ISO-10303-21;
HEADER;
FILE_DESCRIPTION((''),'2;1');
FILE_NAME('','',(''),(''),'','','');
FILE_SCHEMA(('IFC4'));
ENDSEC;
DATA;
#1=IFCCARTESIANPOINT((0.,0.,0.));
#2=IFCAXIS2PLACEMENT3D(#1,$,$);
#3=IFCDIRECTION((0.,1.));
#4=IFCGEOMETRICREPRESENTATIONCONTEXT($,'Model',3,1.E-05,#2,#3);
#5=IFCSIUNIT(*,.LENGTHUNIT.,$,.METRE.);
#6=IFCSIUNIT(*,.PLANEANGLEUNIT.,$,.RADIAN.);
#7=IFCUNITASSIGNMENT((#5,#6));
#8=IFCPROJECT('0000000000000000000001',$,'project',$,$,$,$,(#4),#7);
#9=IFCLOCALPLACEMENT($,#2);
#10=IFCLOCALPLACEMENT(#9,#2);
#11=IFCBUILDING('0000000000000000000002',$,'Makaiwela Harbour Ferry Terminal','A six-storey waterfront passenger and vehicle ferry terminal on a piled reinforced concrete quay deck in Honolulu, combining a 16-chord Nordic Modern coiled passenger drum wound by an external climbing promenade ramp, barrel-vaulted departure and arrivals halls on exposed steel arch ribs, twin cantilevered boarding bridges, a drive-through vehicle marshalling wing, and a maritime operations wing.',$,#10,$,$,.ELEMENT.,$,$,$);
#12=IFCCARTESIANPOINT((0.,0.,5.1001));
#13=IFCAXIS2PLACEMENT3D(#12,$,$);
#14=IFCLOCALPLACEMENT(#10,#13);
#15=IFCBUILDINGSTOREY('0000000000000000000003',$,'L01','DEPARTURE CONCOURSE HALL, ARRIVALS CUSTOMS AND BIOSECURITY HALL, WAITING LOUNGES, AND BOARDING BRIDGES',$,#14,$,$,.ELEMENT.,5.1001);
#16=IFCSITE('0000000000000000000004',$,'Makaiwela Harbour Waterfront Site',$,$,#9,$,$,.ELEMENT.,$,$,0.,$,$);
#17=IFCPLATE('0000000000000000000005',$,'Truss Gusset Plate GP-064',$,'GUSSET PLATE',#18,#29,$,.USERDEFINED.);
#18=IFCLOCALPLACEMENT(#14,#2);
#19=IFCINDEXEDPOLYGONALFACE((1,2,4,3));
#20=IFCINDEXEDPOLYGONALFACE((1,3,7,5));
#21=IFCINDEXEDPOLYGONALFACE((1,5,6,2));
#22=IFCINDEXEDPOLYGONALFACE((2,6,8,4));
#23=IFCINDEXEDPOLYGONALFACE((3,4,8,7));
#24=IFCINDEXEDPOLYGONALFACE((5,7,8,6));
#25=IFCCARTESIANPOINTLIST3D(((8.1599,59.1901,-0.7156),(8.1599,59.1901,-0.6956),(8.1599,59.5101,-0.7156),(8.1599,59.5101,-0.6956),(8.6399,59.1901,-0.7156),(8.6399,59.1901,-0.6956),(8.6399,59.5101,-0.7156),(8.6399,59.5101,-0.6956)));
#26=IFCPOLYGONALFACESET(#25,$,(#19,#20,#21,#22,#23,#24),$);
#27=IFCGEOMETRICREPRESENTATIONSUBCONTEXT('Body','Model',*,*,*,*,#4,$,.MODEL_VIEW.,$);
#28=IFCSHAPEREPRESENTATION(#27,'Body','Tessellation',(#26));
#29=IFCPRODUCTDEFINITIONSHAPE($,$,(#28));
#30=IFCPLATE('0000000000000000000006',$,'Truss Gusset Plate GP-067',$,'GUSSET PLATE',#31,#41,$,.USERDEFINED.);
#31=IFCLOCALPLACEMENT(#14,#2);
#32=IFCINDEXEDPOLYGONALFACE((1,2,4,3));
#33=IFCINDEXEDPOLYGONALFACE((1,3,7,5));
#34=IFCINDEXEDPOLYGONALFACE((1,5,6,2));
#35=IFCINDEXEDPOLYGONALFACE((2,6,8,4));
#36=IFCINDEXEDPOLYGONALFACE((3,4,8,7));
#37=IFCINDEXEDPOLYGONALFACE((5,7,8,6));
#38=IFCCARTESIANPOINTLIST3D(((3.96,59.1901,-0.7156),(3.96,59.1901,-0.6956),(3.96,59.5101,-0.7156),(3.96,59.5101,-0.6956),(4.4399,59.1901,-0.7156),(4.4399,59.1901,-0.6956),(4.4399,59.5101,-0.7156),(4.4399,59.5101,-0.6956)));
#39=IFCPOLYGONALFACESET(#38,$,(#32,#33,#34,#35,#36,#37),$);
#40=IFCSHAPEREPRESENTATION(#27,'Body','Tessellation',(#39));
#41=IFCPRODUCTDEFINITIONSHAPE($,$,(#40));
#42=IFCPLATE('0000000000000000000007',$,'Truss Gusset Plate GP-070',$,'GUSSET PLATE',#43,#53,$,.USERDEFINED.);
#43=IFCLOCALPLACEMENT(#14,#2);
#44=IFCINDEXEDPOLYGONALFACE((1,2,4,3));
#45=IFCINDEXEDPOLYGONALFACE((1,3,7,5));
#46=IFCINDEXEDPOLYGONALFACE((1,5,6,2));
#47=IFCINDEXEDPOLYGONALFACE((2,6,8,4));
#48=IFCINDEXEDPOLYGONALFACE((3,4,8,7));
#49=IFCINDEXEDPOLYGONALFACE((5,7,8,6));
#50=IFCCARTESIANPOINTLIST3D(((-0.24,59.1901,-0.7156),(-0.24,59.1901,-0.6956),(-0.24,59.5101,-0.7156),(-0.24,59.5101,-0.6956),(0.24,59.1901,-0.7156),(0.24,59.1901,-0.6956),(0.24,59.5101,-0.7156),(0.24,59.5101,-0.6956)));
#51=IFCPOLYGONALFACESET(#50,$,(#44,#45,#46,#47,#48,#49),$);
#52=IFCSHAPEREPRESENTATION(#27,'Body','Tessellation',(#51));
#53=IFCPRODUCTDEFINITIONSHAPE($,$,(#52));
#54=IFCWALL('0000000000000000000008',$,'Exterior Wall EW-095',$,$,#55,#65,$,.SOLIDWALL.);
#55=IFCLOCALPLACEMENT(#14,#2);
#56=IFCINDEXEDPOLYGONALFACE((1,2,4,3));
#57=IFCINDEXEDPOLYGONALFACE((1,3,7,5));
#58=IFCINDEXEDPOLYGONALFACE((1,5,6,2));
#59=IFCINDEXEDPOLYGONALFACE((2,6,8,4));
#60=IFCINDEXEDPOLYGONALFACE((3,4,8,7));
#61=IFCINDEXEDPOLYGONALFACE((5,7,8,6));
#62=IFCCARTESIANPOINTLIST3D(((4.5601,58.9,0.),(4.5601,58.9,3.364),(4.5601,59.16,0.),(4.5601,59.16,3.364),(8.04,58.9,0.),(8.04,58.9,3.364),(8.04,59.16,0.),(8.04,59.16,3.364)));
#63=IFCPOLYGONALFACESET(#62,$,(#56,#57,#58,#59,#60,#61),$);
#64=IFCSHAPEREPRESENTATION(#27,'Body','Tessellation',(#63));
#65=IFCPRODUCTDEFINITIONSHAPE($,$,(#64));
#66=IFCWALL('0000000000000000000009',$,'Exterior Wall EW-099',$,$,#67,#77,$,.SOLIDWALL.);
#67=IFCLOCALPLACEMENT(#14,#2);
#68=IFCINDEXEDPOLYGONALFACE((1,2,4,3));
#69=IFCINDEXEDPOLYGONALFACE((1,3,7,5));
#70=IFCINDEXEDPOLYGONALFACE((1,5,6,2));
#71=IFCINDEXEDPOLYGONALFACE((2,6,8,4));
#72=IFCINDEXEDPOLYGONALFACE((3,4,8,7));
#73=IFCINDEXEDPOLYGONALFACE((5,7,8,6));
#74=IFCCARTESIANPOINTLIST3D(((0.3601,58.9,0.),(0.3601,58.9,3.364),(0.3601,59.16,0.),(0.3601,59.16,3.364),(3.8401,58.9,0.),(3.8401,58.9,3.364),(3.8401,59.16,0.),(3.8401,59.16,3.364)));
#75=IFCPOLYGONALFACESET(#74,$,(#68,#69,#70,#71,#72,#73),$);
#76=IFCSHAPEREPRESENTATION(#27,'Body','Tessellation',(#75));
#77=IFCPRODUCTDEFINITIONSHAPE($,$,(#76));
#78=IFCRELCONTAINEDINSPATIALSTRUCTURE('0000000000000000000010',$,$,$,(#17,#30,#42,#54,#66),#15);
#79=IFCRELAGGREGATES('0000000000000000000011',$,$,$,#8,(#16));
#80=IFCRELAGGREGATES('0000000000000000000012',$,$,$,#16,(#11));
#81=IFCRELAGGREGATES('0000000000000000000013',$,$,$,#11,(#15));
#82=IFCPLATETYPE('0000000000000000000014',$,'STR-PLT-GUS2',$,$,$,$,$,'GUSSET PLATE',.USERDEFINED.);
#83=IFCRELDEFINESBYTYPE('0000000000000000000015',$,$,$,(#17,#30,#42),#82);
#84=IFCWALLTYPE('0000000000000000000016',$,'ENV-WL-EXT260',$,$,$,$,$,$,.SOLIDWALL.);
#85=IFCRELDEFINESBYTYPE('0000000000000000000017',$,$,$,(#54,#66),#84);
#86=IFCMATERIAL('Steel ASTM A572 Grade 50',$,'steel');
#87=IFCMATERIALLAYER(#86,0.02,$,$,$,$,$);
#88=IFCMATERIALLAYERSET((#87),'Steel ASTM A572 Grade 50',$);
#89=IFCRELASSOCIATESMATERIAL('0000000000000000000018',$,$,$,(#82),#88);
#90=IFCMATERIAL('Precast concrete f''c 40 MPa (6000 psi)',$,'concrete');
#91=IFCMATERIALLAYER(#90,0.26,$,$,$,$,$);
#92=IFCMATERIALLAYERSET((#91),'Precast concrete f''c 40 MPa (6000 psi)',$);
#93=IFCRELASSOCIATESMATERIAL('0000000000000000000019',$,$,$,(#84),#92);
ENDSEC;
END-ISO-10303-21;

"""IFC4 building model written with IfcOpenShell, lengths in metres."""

from ifc_helpers import new_model, si_unit, direction, frame, frame_2d, origin, origin_2d, place, context, subcontext, project, spatial, rectangle, extrude, material, layer, layer_set, type_object, element, save


model = new_model("IFC4")

# Units and contexts
model_context = context("Model", 3, precision=1e-05, world=origin(), true_north=direction((0.0, 1.0)))
body_context = subcontext(model_context, "Body", "Model", "MODEL_VIEW")
ifc_project = project(units=[si_unit("LENGTHUNIT", "METRE"), si_unit("PLANEANGLEUNIT", "RADIAN")], contexts=[model_context])

# Site, building, storey
site_placement = place(None, origin())
site = spatial("IfcSite", under=ifc_project, at=site_placement, Name="Makaiwela Harbour Waterfront Site", CompositionType="ELEMENT", RefElevation=0.0)
building_placement = place(site_placement, origin())
building = spatial("IfcBuilding", under=site, at=building_placement, Name="Makaiwela Harbour Ferry Terminal", Description="A six-storey waterfront passenger and vehicle ferry terminal on a piled reinforced concrete quay deck in Honolulu, combining a 16-chord Nordic Modern coiled passenger drum wound by an external climbing promenade ramp, barrel-vaulted departure and arrivals halls on exposed steel arch ribs, twin cantilevered boarding bridges, a drive-through vehicle marshalling wing, and a maritime operations wing.", CompositionType="ELEMENT")
storey_placement = place(building_placement, frame((0.0, 0.0, 5.1001)))
storey = spatial("IfcBuildingStorey", under=building, at=storey_placement, Name="L01", Description="DEPARTURE CONCOURSE HALL, ARRIVALS CUSTOMS AND BIOSECURITY HALL, WAITING LOUNGES, AND BOARDING BRIDGES", CompositionType="ELEMENT", Elevation=5.1001)

# Plates
ifc_material_1 = material(Name="Steel ASTM A572 Grade 50", Category="steel")
ifc_layer_1 = layer(ifc_material_1, 0.02)
ifc_layer_set_1 = layer_set([ifc_layer_1], Name="Steel ASTM A572 Grade 50")
plate_type_1 = type_object("IfcPlateType", Name="STR-PLT-GUS2", ElementType="GUSSET PLATE", PredefinedType="USERDEFINED", material=ifc_layer_set_1)
for number, where, z_axis, x_axis, name in (
    (1, (8.3999, 59.3501, -0.7156), (0.0, 0.0, 1.0), (1.0, 0.0, 0.0), "Truss Gusset Plate GP-064"),
    (2, (4.2, 59.3501, -0.7156), (0.0, 0.0, 1.0), (1.0, 0.0, 0.0), "Truss Gusset Plate GP-067"),
    (3, (0.0, 59.3501, -0.7156), (0.0, 0.0, 1.0), (1.0, 0.0, 0.0), "Truss Gusset Plate GP-070"),
):
    element("IfcPlate", number, at=place(storey_placement, frame(where, z_axis=z_axis, x_axis=x_axis)), inside=storey, type_object=plate_type_1, Name=name, ObjectType="GUSSET PLATE", PredefinedType="USERDEFINED", context=body_context, shape_type="SweptSolid", body=[
        extrude(rectangle(XDim=0.48, YDim=0.3201, at=origin_2d()), origin(), (0.0, 0.0, 1.0), 0.02),
    ])

# Walls
ifc_material_2 = material(Name="Precast concrete f'c 40 MPa (6000 psi)", Category="concrete")
ifc_layer_2 = layer(ifc_material_2, 0.26)
ifc_layer_set_2 = layer_set([ifc_layer_2], Name="Precast concrete f'c 40 MPa (6000 psi)")
wall_type = type_object("IfcWallType", Name="ENV-WL-EXT260", PredefinedType="SOLIDWALL", material=ifc_layer_set_2)
for number, where, z_axis, x_axis, name in (
    (4, (8.04, 59.03, 0.0), (0.0, 0.0, 1.0), (-1.0, 0.0, 0.0), "Exterior Wall EW-095"),
    (5, (3.8401, 59.03, 0.0), (0.0, 0.0, 1.0), (-1.0, 0.0, 0.0), "Exterior Wall EW-099"),
):
    element("IfcWall", number, at=place(storey_placement, frame(where, z_axis=z_axis, x_axis=x_axis)), inside=storey, type_object=wall_type, Name=name, PredefinedType="SOLIDWALL", context=body_context, shape_type="SweptSolid", body=[
        extrude(rectangle(XDim=3.48, YDim=0.26, at=frame_2d((1.74, 0.0))), origin(), (0.0, 0.0, 1.0), 3.364),
    ])

save(model, "model.ifc")
